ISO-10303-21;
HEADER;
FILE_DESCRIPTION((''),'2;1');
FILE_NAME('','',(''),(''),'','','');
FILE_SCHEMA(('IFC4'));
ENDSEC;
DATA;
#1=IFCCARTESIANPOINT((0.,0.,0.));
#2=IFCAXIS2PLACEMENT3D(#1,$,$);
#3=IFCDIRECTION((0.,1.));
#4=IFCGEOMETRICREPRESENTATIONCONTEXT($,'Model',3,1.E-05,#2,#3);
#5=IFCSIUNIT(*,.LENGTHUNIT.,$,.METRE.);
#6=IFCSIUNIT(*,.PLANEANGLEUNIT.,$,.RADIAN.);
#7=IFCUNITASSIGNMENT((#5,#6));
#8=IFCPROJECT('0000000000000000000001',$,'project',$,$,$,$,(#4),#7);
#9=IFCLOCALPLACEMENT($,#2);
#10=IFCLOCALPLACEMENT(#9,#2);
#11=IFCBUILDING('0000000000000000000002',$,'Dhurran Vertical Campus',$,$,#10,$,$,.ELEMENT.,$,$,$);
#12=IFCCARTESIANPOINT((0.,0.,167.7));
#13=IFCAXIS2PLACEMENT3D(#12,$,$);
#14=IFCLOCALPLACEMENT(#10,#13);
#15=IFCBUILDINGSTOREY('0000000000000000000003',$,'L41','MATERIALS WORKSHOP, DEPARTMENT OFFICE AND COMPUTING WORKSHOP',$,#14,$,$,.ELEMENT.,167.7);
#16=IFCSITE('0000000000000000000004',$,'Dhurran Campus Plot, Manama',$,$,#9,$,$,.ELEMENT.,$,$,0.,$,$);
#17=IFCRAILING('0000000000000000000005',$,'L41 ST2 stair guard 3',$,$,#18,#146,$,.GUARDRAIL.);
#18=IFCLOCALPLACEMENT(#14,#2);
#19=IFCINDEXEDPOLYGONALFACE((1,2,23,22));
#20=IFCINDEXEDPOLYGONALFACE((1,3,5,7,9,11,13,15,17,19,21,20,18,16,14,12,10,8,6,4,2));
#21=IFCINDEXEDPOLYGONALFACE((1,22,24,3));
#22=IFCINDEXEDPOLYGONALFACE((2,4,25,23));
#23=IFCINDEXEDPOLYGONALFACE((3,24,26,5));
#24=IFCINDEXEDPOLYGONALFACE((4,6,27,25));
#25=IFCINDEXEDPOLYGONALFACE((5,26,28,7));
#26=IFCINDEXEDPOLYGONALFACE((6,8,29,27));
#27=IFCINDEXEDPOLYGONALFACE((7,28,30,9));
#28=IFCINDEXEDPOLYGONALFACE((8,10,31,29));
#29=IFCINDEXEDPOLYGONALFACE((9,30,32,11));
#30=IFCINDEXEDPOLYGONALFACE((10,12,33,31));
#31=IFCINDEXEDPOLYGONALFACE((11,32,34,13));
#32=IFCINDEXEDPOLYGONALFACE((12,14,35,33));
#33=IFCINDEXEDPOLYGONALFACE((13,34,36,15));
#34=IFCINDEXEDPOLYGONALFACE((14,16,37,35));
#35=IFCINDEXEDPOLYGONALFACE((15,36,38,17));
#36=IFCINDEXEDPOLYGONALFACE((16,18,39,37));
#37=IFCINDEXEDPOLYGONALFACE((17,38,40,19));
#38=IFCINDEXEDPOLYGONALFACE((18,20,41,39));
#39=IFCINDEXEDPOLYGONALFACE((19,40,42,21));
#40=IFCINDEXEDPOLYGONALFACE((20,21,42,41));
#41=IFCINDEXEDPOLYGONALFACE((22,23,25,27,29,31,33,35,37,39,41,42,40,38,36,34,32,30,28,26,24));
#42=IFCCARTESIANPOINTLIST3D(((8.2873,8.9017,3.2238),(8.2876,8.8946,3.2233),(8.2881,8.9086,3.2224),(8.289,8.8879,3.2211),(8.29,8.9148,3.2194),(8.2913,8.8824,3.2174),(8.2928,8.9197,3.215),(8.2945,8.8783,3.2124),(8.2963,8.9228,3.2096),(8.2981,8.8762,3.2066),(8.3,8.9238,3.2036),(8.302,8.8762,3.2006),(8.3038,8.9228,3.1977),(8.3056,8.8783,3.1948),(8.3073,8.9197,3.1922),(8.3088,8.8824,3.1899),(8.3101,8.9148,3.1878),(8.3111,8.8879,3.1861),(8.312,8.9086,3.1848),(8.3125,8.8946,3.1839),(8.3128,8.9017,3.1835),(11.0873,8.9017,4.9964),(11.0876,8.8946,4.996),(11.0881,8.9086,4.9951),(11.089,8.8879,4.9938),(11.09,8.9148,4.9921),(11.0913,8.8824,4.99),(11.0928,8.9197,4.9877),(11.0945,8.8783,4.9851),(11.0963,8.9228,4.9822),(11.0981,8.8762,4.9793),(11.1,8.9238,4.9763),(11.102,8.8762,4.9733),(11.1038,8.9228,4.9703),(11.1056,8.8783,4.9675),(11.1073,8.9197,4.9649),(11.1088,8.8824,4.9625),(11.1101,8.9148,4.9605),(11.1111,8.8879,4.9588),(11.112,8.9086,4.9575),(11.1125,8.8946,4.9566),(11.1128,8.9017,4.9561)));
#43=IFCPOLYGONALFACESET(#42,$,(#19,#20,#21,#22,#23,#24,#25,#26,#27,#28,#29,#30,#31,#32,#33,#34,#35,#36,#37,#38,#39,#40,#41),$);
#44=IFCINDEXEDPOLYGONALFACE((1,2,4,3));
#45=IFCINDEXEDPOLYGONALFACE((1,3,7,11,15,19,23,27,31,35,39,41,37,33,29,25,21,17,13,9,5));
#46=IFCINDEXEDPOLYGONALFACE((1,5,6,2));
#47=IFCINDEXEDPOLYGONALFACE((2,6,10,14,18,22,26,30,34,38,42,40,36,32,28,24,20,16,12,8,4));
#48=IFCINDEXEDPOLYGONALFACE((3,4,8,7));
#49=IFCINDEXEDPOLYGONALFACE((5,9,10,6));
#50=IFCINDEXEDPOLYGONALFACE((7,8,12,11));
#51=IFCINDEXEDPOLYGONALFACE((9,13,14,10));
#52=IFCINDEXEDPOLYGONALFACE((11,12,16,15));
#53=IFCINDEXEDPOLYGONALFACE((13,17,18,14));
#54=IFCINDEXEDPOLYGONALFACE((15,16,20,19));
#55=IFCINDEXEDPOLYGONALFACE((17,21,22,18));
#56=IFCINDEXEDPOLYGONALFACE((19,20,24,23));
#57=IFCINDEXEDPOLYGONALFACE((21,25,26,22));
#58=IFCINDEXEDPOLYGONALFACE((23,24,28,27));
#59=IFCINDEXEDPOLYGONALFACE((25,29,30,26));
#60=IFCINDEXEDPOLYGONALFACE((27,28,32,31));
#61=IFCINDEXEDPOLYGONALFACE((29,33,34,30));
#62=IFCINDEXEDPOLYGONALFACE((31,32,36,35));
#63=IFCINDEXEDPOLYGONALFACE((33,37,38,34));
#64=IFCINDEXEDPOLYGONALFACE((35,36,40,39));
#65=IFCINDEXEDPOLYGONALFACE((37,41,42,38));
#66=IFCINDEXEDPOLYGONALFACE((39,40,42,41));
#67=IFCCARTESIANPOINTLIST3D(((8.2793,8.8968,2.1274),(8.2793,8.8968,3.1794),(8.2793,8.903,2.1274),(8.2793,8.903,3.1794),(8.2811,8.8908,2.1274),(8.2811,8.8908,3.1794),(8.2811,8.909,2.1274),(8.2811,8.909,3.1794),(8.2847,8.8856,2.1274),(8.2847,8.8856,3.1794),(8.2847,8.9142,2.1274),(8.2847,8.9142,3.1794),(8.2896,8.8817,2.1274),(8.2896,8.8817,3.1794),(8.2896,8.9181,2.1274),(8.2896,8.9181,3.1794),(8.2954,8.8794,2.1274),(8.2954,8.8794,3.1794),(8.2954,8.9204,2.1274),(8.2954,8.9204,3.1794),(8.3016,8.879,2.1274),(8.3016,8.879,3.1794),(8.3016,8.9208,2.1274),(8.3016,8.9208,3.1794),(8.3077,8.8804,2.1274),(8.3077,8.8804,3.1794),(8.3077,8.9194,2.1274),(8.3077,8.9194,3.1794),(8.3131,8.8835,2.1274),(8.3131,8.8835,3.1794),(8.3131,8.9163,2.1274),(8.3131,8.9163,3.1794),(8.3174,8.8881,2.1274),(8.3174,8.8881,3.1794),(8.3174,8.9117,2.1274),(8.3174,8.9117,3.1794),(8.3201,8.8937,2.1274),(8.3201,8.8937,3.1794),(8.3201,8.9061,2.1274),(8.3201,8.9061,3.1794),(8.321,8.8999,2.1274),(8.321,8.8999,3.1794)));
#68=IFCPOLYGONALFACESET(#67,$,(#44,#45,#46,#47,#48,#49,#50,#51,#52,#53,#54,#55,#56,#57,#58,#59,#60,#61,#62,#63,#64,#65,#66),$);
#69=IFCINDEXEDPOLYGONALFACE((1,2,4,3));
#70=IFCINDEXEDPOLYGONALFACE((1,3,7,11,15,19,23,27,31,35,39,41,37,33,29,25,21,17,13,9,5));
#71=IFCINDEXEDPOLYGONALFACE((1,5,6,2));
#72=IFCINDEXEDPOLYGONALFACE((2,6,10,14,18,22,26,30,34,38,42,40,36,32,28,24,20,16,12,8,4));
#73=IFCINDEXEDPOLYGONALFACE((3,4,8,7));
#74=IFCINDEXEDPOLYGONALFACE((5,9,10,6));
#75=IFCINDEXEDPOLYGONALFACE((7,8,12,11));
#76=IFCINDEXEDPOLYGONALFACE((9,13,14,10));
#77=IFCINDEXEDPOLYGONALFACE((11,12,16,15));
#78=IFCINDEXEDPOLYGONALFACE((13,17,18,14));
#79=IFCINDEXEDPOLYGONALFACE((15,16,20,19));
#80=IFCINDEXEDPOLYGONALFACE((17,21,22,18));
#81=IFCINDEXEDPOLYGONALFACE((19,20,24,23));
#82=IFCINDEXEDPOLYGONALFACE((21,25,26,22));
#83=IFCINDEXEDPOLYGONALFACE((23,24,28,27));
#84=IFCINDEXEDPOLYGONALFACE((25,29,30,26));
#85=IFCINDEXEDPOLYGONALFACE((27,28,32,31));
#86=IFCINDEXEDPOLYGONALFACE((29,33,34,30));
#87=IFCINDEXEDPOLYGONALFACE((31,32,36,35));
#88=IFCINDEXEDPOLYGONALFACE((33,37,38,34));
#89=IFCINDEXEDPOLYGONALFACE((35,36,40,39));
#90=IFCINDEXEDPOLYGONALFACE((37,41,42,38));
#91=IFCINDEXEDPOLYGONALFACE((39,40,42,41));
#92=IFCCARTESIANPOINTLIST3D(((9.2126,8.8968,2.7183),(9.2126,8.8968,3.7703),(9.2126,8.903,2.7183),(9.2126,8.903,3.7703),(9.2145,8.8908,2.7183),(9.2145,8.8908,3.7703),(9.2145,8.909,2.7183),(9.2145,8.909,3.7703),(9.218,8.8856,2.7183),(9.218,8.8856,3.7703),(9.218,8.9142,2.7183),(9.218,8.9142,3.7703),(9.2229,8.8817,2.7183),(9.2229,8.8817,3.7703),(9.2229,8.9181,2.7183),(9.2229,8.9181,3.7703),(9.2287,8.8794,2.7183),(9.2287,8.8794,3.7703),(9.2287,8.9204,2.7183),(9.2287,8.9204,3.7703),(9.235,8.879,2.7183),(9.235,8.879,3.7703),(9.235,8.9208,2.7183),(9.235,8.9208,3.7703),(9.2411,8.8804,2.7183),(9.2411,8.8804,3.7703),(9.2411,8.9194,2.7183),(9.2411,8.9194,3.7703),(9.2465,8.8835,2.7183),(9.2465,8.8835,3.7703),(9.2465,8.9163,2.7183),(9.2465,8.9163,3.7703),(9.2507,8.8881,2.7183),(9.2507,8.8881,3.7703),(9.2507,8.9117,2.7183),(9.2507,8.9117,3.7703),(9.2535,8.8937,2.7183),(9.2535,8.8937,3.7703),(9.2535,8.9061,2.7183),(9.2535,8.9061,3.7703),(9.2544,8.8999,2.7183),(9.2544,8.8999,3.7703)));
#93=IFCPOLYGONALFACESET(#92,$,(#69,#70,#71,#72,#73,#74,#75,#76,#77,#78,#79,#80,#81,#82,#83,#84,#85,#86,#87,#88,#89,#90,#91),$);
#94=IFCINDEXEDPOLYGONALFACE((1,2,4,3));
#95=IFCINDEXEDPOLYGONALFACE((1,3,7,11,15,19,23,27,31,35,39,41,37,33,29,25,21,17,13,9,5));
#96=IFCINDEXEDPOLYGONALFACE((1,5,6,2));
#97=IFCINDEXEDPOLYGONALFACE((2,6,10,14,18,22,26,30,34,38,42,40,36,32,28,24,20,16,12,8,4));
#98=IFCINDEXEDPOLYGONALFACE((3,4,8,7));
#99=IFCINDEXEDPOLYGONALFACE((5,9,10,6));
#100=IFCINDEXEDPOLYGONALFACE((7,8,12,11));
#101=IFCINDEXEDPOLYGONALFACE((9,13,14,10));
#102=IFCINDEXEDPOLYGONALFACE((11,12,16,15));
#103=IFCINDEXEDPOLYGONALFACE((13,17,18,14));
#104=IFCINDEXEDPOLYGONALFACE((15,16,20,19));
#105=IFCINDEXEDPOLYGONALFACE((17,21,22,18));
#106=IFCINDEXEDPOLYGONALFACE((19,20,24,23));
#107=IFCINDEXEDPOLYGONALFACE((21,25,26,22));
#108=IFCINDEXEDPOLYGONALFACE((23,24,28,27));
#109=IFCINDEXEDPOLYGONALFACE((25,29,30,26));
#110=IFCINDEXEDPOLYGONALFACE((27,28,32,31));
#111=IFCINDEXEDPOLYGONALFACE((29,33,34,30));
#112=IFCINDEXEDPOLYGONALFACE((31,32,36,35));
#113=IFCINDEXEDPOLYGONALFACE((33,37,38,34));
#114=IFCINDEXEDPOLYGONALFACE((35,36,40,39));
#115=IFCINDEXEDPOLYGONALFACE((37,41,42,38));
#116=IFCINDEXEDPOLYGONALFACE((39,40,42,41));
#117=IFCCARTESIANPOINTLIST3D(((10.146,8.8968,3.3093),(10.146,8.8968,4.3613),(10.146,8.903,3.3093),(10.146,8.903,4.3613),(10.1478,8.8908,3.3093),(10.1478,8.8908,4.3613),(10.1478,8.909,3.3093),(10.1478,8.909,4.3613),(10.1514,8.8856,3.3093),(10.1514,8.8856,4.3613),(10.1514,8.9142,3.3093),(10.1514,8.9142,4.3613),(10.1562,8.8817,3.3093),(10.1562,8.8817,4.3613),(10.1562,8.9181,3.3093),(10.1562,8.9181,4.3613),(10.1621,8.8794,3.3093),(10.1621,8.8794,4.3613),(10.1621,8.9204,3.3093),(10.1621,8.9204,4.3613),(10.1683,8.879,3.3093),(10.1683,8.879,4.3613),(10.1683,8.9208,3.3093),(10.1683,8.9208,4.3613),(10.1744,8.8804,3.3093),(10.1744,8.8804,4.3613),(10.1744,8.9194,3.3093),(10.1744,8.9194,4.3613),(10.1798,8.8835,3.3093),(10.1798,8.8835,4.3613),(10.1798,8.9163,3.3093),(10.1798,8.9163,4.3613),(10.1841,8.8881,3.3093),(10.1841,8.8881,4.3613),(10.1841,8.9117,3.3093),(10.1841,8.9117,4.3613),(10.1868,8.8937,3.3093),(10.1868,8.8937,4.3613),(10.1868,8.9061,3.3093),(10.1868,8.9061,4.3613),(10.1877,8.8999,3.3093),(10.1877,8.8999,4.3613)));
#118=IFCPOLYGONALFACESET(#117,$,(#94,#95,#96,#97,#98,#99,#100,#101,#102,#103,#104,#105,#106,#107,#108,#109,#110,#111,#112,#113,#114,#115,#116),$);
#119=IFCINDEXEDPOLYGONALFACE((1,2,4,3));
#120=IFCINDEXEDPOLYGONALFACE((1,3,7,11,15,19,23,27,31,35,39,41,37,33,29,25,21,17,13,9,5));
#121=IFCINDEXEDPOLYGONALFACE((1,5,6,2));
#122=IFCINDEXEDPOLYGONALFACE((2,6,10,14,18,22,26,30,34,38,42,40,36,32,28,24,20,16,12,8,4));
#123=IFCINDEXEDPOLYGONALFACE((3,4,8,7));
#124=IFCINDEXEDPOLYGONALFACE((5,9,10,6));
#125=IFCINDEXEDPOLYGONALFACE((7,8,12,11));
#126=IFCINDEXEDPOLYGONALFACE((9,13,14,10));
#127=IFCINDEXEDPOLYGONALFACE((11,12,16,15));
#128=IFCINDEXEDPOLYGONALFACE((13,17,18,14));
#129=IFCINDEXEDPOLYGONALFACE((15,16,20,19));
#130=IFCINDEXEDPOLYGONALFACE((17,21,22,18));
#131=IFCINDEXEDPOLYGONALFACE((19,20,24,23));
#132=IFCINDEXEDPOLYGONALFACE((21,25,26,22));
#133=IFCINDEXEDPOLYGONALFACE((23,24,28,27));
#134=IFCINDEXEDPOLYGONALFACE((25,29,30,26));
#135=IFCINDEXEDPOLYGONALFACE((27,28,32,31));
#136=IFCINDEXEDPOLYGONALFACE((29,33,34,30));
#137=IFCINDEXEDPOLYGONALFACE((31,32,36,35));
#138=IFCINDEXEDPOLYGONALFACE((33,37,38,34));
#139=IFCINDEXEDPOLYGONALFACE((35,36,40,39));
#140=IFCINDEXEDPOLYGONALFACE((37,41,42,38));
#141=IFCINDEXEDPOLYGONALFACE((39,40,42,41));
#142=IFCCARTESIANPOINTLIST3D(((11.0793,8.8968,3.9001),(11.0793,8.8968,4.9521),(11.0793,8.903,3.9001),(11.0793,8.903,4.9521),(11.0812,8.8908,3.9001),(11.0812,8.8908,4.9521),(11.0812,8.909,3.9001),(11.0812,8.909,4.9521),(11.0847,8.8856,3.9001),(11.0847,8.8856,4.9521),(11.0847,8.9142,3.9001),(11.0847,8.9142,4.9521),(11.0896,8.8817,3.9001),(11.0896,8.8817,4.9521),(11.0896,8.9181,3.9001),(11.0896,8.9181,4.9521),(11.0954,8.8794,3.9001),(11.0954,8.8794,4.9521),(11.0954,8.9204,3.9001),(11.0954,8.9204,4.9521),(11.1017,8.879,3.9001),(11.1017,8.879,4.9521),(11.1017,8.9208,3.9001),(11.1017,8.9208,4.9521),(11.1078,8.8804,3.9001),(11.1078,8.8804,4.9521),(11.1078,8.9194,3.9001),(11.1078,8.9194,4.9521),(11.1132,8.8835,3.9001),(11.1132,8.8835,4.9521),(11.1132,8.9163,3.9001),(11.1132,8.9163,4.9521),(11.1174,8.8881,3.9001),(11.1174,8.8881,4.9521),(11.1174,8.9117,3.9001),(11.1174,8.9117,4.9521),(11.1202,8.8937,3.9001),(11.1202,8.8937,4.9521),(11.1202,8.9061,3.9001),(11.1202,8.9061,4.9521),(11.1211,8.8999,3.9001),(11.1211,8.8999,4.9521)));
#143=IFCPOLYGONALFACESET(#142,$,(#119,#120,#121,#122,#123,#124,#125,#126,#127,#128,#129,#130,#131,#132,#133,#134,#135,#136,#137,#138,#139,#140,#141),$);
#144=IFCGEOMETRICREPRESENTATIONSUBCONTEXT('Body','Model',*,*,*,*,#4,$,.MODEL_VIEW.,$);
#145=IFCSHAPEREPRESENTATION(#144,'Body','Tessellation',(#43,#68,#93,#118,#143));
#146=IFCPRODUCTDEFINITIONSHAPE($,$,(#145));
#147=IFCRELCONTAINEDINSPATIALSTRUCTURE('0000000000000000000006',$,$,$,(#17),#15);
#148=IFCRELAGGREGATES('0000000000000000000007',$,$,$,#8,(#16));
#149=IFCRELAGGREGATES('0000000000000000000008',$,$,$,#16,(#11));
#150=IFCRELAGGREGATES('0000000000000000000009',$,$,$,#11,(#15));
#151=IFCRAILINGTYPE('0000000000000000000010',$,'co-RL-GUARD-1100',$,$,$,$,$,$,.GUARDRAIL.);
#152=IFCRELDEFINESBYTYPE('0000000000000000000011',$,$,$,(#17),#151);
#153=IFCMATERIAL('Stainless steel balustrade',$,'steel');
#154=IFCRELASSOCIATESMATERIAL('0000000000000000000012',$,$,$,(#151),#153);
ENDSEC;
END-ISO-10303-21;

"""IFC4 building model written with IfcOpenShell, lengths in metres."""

from ifc_helpers import new_model, si_unit, direction, frame, origin, origin_2d, place, context, subcontext, project, spatial, circle, extrude, material, type_object, element, save


model = new_model("IFC4")

# Units and contexts
model_context = context("Model", 3, precision=1e-05, world=origin(), true_north=direction((0.0, 1.0)))
body_context = subcontext(model_context, "Body", "Model", "MODEL_VIEW")
ifc_project = project(units=[si_unit("LENGTHUNIT", "METRE"), si_unit("PLANEANGLEUNIT", "RADIAN")], contexts=[model_context])

# Site, building, storey
site_placement = place(None, origin())
site = spatial("IfcSite", under=ifc_project, at=site_placement, Name="Dhurran Campus Plot, Manama", CompositionType="ELEMENT", RefElevation=0.0)
building_placement = place(site_placement, origin())
building = spatial("IfcBuilding", under=site, at=building_placement, Name="Dhurran Vertical Campus", CompositionType="ELEMENT")
storey_placement = place(building_placement, frame((0.0, 0.0, 167.7)))
storey = spatial("IfcBuildingStorey", under=building, at=storey_placement, Name="L41", Description="MATERIALS WORKSHOP, DEPARTMENT OFFICE AND COMPUTING WORKSHOP", CompositionType="ELEMENT", Elevation=167.7)

# Railing
ifc_material_1 = material(Name="Stainless steel balustrade", Category="steel")
railing_type_1 = type_object("IfcRailingType", Name="co-RL-GUARD-1100", PredefinedType="GUARDRAIL", material=ifc_material_1)
railing_1_placement = place(storey_placement, frame((8.3, 8.8999, 2.1274)))
element("IfcRailing", 1, at=railing_1_placement, inside=storey, type_object=railing_type_1, Name="L41 ST2 stair guard 3", PredefinedType="GUARDRAIL", context=body_context, shape_type="SweptSolid", body=[
    extrude(circle(Radius=0.0239, at=origin_2d()), frame((0.0, 0.0, 1.0762), z_axis=(0.844909, 0.0, 0.53491), x_axis=(0.0, 1.0, 0.0)), (0.0, 0.0, 1.0), 3.314),
    extrude(circle(Radius=0.021, at=origin_2d()), origin(), (0.0, 0.0, 1.0), 1.052),
    extrude(circle(Radius=0.021, at=origin_2d()), frame((0.9333, 0.0, 0.5908)), (0.0, 0.0, 1.0), 1.052),
    extrude(circle(Radius=0.021, at=origin_2d()), frame((1.8667, 0.0, 1.1819)), (0.0, 0.0, 1.0), 1.052),
    extrude(circle(Radius=0.021, at=origin_2d()), frame((2.8, 0.0, 1.7727)), (0.0, 0.0, 1.0), 1.052),
])

save(model, "model.ifc")
